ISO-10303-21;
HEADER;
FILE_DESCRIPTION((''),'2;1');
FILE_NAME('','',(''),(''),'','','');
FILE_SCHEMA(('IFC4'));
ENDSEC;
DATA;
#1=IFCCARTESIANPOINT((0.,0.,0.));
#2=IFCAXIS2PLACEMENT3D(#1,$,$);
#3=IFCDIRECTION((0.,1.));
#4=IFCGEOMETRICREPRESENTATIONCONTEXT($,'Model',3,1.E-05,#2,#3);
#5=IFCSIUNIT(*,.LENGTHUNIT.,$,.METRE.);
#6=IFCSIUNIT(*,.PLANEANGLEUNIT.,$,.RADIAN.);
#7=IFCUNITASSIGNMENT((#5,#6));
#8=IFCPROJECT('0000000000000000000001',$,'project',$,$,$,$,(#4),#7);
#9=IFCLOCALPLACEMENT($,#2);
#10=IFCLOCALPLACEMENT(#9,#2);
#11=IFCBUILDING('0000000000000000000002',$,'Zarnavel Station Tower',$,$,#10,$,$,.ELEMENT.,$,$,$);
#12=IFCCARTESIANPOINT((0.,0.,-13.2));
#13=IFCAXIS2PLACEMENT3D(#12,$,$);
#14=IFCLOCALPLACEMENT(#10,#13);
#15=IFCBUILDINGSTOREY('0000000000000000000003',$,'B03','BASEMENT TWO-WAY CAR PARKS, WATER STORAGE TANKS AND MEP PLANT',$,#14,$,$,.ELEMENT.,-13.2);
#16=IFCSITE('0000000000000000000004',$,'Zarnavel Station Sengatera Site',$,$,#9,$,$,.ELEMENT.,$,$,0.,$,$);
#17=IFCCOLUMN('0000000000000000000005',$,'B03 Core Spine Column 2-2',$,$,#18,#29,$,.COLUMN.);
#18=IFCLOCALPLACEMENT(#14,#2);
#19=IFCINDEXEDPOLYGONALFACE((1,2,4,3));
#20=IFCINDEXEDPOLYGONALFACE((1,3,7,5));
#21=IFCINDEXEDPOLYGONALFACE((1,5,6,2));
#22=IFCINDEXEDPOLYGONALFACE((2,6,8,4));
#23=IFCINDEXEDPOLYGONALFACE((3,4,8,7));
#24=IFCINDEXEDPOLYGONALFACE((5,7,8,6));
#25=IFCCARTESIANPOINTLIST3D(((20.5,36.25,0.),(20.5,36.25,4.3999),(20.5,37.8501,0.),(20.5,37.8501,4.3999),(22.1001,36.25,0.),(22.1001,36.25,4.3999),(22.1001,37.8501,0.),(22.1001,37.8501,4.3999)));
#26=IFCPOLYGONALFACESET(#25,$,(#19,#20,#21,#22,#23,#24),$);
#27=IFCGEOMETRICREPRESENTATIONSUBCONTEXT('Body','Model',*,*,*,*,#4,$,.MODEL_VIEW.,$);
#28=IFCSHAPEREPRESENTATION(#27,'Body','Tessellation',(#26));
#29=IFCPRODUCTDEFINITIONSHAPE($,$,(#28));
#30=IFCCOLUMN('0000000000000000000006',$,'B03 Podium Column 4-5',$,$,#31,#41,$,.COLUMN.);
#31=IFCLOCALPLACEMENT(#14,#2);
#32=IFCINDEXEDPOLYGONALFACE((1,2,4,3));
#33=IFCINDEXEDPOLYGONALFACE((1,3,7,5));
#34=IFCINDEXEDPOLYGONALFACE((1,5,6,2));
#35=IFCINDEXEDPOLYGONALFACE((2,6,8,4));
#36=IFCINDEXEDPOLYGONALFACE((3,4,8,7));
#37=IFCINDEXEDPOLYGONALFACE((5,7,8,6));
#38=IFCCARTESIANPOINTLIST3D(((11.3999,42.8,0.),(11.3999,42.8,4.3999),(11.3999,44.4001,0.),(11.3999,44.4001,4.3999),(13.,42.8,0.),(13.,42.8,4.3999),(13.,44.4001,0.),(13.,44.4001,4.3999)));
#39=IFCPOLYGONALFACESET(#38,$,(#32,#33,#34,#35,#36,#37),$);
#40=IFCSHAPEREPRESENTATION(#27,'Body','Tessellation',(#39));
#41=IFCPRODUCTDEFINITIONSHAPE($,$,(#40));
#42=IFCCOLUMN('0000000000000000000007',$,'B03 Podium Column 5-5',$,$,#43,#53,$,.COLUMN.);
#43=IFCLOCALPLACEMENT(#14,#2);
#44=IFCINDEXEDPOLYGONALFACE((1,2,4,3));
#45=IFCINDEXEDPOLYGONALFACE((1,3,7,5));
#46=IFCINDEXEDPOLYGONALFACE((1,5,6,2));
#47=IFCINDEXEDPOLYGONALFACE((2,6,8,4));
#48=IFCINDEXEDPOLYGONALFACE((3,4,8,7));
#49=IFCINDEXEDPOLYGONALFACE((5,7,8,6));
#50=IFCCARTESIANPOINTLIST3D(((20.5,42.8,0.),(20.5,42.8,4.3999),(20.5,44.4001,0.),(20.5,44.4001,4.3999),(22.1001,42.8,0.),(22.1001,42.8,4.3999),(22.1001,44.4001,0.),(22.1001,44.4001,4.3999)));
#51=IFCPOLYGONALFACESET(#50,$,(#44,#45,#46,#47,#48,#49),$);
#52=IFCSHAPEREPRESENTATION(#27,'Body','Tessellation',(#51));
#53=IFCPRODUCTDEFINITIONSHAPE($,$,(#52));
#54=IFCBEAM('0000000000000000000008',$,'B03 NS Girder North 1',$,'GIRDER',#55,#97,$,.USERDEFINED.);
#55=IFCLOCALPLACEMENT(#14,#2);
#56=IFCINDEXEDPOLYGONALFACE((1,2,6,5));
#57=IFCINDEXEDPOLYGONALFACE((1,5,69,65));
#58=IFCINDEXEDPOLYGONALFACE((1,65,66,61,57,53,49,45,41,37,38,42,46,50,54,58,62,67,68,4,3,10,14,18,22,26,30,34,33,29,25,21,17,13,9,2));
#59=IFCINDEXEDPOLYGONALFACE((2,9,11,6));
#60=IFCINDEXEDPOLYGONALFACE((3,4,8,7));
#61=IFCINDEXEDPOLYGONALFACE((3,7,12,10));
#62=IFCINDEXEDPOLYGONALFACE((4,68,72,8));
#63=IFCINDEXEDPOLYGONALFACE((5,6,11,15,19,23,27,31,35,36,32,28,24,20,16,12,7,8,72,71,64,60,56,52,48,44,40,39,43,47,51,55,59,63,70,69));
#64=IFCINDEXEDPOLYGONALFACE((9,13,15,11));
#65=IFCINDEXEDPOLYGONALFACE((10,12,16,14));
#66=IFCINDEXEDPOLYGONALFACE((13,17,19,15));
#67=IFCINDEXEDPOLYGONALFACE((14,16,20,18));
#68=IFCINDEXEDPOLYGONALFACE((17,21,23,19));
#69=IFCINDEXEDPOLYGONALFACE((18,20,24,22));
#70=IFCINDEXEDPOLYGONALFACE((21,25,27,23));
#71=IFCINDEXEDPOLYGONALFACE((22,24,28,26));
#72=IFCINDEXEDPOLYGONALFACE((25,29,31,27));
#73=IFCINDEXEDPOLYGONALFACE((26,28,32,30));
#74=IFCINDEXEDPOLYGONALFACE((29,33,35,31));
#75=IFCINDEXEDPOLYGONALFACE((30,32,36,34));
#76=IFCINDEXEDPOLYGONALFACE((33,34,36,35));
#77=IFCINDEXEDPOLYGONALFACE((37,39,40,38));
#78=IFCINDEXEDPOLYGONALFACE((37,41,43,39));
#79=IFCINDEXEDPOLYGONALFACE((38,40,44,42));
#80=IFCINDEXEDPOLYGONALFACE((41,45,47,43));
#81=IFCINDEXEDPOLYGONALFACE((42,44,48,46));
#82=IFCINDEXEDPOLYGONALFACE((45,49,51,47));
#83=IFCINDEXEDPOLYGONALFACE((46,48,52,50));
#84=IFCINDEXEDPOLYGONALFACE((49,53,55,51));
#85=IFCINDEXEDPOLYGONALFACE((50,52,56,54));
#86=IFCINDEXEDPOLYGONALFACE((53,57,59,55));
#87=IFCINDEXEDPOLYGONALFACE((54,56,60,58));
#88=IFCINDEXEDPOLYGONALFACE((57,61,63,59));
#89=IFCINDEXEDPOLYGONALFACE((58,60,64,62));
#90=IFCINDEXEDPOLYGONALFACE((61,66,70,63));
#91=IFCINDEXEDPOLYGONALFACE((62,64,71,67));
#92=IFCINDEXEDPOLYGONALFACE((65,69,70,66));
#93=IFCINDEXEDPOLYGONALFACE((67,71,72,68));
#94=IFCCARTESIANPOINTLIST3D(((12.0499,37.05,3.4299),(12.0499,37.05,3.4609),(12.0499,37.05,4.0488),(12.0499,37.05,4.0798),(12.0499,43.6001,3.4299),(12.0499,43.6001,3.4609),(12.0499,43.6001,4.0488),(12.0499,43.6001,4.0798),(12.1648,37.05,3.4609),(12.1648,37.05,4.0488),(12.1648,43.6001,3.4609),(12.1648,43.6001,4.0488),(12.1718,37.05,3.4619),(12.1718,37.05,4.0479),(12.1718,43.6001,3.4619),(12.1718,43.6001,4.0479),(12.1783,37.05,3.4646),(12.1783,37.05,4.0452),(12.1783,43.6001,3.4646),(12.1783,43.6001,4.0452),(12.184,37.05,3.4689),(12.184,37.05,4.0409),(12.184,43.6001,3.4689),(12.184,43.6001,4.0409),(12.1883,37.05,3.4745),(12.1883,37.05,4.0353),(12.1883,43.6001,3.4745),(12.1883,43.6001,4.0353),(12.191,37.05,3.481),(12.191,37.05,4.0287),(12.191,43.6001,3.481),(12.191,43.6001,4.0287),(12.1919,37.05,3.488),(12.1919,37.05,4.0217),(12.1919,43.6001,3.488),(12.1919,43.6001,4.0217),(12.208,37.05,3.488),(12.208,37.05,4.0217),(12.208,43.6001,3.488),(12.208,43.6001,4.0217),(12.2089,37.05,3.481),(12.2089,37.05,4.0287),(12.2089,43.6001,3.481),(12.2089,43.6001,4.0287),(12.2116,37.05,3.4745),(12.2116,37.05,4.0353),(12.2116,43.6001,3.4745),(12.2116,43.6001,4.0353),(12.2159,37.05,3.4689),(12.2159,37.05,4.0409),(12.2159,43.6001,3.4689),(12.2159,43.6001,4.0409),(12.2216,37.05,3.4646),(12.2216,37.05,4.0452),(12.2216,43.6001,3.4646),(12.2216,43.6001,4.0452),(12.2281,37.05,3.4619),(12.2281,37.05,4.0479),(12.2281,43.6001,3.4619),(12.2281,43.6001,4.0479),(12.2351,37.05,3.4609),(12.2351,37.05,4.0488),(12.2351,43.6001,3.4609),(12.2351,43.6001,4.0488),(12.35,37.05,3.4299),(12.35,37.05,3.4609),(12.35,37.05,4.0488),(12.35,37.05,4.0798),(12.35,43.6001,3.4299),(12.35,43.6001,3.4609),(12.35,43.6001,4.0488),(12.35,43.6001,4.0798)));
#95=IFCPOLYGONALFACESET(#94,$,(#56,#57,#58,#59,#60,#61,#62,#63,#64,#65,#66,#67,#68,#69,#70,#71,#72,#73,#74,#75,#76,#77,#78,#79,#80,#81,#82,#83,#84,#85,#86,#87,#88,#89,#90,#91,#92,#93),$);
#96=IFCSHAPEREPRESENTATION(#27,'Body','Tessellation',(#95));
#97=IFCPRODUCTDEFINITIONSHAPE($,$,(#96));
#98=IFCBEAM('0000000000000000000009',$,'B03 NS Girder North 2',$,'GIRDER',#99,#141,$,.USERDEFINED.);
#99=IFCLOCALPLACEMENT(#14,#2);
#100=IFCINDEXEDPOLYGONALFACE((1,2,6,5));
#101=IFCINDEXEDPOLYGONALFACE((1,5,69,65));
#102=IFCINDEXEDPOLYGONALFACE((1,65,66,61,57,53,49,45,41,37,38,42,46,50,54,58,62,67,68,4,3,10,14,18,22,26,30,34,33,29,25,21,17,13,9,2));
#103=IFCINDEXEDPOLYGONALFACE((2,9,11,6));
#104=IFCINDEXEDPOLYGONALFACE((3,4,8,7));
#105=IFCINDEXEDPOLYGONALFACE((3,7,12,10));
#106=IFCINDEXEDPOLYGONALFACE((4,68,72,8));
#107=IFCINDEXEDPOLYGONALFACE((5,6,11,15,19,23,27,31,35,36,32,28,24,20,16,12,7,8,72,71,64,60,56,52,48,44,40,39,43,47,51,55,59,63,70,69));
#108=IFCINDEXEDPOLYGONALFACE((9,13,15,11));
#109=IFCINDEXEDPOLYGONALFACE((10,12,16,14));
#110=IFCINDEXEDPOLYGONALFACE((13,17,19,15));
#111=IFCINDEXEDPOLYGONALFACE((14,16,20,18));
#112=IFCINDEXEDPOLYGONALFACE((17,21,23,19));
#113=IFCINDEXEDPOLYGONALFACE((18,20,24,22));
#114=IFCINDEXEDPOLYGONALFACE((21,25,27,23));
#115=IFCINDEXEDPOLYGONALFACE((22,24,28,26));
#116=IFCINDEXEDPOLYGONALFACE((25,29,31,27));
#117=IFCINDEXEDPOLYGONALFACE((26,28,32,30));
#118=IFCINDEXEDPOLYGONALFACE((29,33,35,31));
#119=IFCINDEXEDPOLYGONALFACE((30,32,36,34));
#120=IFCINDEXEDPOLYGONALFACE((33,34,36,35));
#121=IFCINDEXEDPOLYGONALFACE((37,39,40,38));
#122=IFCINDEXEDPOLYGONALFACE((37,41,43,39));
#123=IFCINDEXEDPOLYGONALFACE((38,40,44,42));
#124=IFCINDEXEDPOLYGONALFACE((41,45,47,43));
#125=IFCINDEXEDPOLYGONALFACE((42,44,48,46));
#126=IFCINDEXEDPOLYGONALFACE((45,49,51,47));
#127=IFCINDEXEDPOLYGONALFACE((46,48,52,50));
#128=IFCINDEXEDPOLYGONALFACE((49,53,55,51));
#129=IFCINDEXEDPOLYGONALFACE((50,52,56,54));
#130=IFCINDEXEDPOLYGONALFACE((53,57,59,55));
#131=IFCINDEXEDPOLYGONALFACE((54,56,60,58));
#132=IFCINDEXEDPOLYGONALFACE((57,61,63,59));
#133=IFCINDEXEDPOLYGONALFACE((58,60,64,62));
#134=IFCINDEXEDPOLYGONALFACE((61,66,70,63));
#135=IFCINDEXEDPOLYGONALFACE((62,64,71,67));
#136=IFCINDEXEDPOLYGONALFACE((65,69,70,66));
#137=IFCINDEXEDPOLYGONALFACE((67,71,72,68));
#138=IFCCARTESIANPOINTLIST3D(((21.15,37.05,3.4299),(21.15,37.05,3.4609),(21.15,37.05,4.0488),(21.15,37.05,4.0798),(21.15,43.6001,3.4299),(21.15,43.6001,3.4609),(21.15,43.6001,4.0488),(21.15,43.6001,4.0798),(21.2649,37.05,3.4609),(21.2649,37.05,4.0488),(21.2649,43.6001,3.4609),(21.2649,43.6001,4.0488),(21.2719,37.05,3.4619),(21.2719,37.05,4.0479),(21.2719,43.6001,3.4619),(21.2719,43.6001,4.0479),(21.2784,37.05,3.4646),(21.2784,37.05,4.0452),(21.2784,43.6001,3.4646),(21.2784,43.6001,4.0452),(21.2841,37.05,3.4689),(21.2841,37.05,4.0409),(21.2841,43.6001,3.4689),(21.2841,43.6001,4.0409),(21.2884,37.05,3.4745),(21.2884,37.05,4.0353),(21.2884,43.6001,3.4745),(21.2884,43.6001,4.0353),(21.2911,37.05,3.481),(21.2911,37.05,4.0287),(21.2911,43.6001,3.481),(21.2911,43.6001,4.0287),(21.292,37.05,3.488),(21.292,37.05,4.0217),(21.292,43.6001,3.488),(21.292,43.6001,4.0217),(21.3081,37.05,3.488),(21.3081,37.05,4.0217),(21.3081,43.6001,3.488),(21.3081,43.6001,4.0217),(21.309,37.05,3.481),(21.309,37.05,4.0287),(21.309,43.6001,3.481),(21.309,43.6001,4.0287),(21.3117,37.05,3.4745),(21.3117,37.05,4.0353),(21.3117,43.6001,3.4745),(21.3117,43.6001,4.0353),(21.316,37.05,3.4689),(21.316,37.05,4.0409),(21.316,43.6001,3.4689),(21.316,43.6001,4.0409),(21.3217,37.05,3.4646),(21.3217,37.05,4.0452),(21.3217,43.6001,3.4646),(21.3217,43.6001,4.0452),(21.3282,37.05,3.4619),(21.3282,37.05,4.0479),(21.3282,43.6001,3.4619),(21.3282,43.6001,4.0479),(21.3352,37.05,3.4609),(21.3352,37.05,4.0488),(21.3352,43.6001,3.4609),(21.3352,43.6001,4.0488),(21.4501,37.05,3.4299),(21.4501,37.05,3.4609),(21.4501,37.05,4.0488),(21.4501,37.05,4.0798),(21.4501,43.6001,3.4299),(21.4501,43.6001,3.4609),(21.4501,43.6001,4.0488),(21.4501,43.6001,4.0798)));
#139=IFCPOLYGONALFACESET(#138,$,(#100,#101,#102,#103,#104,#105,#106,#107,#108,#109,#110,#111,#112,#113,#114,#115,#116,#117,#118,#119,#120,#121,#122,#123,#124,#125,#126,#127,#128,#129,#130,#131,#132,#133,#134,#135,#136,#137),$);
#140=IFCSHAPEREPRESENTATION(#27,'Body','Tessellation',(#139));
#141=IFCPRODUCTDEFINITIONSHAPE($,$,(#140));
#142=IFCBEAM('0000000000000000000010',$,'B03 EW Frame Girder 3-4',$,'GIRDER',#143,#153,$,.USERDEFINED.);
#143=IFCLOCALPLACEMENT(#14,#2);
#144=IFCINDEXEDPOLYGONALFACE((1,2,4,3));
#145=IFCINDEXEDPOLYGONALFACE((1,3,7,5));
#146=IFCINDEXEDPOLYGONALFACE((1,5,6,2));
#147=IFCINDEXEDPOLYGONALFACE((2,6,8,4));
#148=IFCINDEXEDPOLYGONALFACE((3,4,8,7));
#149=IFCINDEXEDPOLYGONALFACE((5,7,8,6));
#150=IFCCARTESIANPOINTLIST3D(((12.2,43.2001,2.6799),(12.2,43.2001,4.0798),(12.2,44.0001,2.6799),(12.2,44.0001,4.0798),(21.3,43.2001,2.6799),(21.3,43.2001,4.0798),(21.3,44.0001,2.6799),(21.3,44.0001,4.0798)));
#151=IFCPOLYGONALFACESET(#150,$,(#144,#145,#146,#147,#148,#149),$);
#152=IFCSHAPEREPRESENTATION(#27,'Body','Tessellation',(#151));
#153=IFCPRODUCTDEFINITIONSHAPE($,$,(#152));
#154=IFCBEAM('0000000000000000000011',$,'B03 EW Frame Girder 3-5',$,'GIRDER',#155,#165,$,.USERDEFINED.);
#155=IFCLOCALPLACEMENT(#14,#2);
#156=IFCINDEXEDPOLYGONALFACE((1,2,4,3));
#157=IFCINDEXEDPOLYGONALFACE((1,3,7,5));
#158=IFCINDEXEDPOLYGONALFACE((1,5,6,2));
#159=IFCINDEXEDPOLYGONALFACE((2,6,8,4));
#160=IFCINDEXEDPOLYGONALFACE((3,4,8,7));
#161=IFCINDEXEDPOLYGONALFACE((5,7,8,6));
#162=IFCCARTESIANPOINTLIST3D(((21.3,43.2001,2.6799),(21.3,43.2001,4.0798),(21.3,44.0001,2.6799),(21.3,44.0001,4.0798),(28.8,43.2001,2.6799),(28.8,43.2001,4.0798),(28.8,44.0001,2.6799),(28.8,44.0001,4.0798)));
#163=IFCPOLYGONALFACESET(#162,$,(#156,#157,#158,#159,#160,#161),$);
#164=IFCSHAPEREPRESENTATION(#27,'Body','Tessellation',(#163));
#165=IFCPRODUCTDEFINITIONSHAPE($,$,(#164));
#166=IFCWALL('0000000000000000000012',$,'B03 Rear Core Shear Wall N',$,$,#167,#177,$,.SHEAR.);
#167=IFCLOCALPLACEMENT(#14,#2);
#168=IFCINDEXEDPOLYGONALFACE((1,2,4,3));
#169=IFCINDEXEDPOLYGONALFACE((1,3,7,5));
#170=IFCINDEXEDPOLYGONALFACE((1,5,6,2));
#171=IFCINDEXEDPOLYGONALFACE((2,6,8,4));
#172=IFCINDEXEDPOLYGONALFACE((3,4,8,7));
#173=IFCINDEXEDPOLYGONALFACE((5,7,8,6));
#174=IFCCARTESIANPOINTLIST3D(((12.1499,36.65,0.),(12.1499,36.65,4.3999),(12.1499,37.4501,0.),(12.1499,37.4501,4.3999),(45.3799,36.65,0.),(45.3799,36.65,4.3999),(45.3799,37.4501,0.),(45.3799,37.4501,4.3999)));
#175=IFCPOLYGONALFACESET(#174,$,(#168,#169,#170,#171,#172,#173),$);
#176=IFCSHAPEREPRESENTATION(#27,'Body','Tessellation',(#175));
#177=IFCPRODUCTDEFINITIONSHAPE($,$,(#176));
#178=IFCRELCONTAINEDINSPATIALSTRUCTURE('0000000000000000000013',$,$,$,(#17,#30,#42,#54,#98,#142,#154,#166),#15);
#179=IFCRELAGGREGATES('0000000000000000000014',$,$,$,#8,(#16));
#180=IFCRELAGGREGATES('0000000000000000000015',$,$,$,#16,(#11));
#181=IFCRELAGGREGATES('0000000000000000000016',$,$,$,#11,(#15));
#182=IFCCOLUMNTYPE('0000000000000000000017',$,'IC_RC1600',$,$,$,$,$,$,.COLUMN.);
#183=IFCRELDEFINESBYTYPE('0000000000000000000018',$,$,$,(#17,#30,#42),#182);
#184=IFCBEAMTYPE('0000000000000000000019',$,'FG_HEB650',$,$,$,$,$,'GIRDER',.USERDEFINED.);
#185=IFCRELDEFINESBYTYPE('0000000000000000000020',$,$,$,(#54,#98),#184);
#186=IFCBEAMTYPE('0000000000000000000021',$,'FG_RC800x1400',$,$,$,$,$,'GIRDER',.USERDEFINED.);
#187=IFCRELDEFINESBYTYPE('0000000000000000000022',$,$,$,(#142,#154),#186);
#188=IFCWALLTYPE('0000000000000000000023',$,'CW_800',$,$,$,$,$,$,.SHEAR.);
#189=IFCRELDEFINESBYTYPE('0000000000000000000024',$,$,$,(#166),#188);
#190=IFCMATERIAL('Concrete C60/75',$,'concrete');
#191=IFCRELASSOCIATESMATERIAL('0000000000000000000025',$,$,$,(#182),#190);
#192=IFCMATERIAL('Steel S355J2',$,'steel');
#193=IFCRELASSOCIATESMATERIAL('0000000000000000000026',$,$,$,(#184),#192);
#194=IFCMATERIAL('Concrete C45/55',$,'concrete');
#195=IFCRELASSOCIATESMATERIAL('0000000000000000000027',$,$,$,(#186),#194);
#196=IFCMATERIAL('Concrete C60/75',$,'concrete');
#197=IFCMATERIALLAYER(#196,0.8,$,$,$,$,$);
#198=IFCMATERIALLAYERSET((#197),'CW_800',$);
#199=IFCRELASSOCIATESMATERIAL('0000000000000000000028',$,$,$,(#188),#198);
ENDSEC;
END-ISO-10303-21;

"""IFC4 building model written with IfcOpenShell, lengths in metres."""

from ifc_helpers import new_model, si_unit, direction, frame, frame_2d, origin, origin_2d, place, context, subcontext, project, spatial, rectangle, i_section, extrude, material, layer, layer_set, material_profile, profile_set, type_object, element, save


model = new_model("IFC4")

# Units and contexts
model_context = context("Model", 3, precision=1e-05, world=origin(), true_north=direction((0.0, 1.0)))
body_context = subcontext(model_context, "Body", "Model", "MODEL_VIEW")
ifc_project = project(units=[si_unit("LENGTHUNIT", "METRE"), si_unit("PLANEANGLEUNIT", "RADIAN")], contexts=[model_context])

# Site, building, storey
site_placement = place(None, origin())
site = spatial("IfcSite", under=ifc_project, at=site_placement, Name="Zarnavel Station Sengatera Site", CompositionType="ELEMENT", RefElevation=0.0)
building_placement = place(site_placement, origin())
building = spatial("IfcBuilding", under=site, at=building_placement, Name="Zarnavel Station Tower", CompositionType="ELEMENT")
storey_placement = place(building_placement, frame((0.0, 0.0, -13.2)))
storey = spatial("IfcBuildingStorey", under=building, at=storey_placement, Name="B03", Description="BASEMENT TWO-WAY CAR PARKS, WATER STORAGE TANKS AND MEP PLANT", CompositionType="ELEMENT", Elevation=-13.2)

# Columns
ifc_material_1 = material(Name="Concrete C60/75", Category="concrete")
ifc_material_profile_1 = material_profile(ifc_material_1, rectangle(XDim=1.6001, YDim=1.6001, at=origin_2d()), Name="RC1600x1600")
ifc_profile_set_1 = profile_set([ifc_material_profile_1], Name="Concrete C60/75")
column_type_1 = type_object("IfcColumnType", Name="IC_RC1600", PredefinedType="COLUMN", material=ifc_profile_set_1)
for number, where, z_axis, x_axis, name in (
    (1, (21.3, 37.05, 0.0), (0.0, 0.0, 1.0), (1.0, 0.0, 0.0), "B03 Core Spine Column 2-2"),
    (2, (12.2, 43.6001, 0.0), (0.0, 0.0, 1.0), (1.0, 0.0, 0.0), "B03 Podium Column 4-5"),
    (3, (21.3, 43.6001, 0.0), (0.0, 0.0, 1.0), (1.0, 0.0, 0.0), "B03 Podium Column 5-5"),
):
    element("IfcColumn", number, at=place(storey_placement, frame(where, z_axis=z_axis, x_axis=x_axis)), inside=storey, type_object=column_type_1, Name=name, PredefinedType="COLUMN", context=body_context, shape_type="SweptSolid", body=[
        extrude(rectangle(XDim=1.6001, YDim=1.6001, at=origin_2d()), origin(), (0.0, 0.0, 1.0), 4.3999),
    ])

# Beams
ifc_material_2 = material(Name="Steel S355J2", Category="steel")
ifc_material_profile_2 = material_profile(ifc_material_2, i_section(OverallWidth=0.3, OverallDepth=0.6499, WebThickness=0.0161, FlangeThickness=0.031, FilletRadius=0.0271, at=origin_2d()), Name="HEB650")
ifc_profile_set_2 = profile_set([ifc_material_profile_2], Name="Steel S355J2")
beam_type_1 = type_object("IfcBeamType", Name="FG_HEB650", ElementType="GIRDER", PredefinedType="USERDEFINED", material=ifc_profile_set_2)
for number, where, z_axis, x_axis, name in (
    (4, (12.2, 37.05, 3.7549), (0.0, 1.0, 0.0), (-1.0, 0.0, 0.0), "B03 NS Girder North 1"),
    (5, (21.3, 37.05, 3.7549), (0.0, 1.0, 0.0), (-1.0, 0.0, 0.0), "B03 NS Girder North 2"),
):
    element("IfcBeam", number, at=place(storey_placement, frame(where, z_axis=z_axis, x_axis=x_axis)), inside=storey, type_object=beam_type_1, Name=name, ObjectType="GIRDER", PredefinedType="USERDEFINED", context=body_context, shape_type="SweptSolid", body=[
        extrude(i_section(OverallWidth=0.3, OverallDepth=0.6499, WebThickness=0.0161, FlangeThickness=0.031, FilletRadius=0.0271, at=origin_2d()), origin(), (0.0, 0.0, 1.0), 6.55),
    ])
ifc_material_3 = material(Name="Concrete C45/55", Category="concrete")
ifc_material_profile_3 = material_profile(ifc_material_3, rectangle(XDim=0.8, YDim=1.3999, at=origin_2d()), Name="RC800x1400")
ifc_profile_set_3 = profile_set([ifc_material_profile_3], Name="Concrete C45/55")
beam_type_2 = type_object("IfcBeamType", Name="FG_RC800x1400", ElementType="GIRDER", PredefinedType="USERDEFINED", material=ifc_profile_set_3)
beam_1_placement = place(storey_placement, frame((12.2, 43.6001, 3.3799), z_axis=(1.0, 0.0, 0.0), x_axis=(0.0, 1.0, 0.0)))
element("IfcBeam", 6, at=beam_1_placement, inside=storey, type_object=beam_type_2, Name="B03 EW Frame Girder 3-4", ObjectType="GIRDER", PredefinedType="USERDEFINED", context=body_context, shape_type="SweptSolid", body=[
    extrude(rectangle(XDim=0.8, YDim=1.3999, at=origin_2d()), origin(), (0.0, 0.0, 1.0), 9.1001),
])
beam_2_placement = place(storey_placement, frame((21.3, 43.6001, 3.3799), z_axis=(1.0, 0.0, 0.0), x_axis=(0.0, 1.0, 0.0)))
element("IfcBeam", 7, at=beam_2_placement, inside=storey, type_object=beam_type_2, Name="B03 EW Frame Girder 3-5", ObjectType="GIRDER", PredefinedType="USERDEFINED", context=body_context, shape_type="SweptSolid", body=[
    extrude(rectangle(XDim=0.8, YDim=1.3999, at=origin_2d()), origin(), (0.0, 0.0, 1.0), 7.5),
])

# Wall
ifc_material_4 = material(Name="Concrete C60/75", Category="concrete")
ifc_layer_1 = layer(ifc_material_4, 0.8)
ifc_layer_set_1 = layer_set([ifc_layer_1], Name="CW_800")
wall_type = type_object("IfcWallType", Name="CW_800", PredefinedType="SHEAR", material=ifc_layer_set_1)
wall_placement = place(storey_placement, frame((12.1499, 37.05, 0.0), z_axis=(0.0, 0.0, 1.0), x_axis=(1.0, 0.0, 0.0)))
element("IfcWall", 8, at=wall_placement, inside=storey, type_object=wall_type, Name="B03 Rear Core Shear Wall N", PredefinedType="SHEAR", context=body_context, shape_type="SweptSolid", body=[
    extrude(rectangle(XDim=33.23, YDim=0.8, at=frame_2d((16.615, 0.0))), origin(), (0.0, 0.0, 1.0), 4.3999),
])

save(model, "model.ifc")
